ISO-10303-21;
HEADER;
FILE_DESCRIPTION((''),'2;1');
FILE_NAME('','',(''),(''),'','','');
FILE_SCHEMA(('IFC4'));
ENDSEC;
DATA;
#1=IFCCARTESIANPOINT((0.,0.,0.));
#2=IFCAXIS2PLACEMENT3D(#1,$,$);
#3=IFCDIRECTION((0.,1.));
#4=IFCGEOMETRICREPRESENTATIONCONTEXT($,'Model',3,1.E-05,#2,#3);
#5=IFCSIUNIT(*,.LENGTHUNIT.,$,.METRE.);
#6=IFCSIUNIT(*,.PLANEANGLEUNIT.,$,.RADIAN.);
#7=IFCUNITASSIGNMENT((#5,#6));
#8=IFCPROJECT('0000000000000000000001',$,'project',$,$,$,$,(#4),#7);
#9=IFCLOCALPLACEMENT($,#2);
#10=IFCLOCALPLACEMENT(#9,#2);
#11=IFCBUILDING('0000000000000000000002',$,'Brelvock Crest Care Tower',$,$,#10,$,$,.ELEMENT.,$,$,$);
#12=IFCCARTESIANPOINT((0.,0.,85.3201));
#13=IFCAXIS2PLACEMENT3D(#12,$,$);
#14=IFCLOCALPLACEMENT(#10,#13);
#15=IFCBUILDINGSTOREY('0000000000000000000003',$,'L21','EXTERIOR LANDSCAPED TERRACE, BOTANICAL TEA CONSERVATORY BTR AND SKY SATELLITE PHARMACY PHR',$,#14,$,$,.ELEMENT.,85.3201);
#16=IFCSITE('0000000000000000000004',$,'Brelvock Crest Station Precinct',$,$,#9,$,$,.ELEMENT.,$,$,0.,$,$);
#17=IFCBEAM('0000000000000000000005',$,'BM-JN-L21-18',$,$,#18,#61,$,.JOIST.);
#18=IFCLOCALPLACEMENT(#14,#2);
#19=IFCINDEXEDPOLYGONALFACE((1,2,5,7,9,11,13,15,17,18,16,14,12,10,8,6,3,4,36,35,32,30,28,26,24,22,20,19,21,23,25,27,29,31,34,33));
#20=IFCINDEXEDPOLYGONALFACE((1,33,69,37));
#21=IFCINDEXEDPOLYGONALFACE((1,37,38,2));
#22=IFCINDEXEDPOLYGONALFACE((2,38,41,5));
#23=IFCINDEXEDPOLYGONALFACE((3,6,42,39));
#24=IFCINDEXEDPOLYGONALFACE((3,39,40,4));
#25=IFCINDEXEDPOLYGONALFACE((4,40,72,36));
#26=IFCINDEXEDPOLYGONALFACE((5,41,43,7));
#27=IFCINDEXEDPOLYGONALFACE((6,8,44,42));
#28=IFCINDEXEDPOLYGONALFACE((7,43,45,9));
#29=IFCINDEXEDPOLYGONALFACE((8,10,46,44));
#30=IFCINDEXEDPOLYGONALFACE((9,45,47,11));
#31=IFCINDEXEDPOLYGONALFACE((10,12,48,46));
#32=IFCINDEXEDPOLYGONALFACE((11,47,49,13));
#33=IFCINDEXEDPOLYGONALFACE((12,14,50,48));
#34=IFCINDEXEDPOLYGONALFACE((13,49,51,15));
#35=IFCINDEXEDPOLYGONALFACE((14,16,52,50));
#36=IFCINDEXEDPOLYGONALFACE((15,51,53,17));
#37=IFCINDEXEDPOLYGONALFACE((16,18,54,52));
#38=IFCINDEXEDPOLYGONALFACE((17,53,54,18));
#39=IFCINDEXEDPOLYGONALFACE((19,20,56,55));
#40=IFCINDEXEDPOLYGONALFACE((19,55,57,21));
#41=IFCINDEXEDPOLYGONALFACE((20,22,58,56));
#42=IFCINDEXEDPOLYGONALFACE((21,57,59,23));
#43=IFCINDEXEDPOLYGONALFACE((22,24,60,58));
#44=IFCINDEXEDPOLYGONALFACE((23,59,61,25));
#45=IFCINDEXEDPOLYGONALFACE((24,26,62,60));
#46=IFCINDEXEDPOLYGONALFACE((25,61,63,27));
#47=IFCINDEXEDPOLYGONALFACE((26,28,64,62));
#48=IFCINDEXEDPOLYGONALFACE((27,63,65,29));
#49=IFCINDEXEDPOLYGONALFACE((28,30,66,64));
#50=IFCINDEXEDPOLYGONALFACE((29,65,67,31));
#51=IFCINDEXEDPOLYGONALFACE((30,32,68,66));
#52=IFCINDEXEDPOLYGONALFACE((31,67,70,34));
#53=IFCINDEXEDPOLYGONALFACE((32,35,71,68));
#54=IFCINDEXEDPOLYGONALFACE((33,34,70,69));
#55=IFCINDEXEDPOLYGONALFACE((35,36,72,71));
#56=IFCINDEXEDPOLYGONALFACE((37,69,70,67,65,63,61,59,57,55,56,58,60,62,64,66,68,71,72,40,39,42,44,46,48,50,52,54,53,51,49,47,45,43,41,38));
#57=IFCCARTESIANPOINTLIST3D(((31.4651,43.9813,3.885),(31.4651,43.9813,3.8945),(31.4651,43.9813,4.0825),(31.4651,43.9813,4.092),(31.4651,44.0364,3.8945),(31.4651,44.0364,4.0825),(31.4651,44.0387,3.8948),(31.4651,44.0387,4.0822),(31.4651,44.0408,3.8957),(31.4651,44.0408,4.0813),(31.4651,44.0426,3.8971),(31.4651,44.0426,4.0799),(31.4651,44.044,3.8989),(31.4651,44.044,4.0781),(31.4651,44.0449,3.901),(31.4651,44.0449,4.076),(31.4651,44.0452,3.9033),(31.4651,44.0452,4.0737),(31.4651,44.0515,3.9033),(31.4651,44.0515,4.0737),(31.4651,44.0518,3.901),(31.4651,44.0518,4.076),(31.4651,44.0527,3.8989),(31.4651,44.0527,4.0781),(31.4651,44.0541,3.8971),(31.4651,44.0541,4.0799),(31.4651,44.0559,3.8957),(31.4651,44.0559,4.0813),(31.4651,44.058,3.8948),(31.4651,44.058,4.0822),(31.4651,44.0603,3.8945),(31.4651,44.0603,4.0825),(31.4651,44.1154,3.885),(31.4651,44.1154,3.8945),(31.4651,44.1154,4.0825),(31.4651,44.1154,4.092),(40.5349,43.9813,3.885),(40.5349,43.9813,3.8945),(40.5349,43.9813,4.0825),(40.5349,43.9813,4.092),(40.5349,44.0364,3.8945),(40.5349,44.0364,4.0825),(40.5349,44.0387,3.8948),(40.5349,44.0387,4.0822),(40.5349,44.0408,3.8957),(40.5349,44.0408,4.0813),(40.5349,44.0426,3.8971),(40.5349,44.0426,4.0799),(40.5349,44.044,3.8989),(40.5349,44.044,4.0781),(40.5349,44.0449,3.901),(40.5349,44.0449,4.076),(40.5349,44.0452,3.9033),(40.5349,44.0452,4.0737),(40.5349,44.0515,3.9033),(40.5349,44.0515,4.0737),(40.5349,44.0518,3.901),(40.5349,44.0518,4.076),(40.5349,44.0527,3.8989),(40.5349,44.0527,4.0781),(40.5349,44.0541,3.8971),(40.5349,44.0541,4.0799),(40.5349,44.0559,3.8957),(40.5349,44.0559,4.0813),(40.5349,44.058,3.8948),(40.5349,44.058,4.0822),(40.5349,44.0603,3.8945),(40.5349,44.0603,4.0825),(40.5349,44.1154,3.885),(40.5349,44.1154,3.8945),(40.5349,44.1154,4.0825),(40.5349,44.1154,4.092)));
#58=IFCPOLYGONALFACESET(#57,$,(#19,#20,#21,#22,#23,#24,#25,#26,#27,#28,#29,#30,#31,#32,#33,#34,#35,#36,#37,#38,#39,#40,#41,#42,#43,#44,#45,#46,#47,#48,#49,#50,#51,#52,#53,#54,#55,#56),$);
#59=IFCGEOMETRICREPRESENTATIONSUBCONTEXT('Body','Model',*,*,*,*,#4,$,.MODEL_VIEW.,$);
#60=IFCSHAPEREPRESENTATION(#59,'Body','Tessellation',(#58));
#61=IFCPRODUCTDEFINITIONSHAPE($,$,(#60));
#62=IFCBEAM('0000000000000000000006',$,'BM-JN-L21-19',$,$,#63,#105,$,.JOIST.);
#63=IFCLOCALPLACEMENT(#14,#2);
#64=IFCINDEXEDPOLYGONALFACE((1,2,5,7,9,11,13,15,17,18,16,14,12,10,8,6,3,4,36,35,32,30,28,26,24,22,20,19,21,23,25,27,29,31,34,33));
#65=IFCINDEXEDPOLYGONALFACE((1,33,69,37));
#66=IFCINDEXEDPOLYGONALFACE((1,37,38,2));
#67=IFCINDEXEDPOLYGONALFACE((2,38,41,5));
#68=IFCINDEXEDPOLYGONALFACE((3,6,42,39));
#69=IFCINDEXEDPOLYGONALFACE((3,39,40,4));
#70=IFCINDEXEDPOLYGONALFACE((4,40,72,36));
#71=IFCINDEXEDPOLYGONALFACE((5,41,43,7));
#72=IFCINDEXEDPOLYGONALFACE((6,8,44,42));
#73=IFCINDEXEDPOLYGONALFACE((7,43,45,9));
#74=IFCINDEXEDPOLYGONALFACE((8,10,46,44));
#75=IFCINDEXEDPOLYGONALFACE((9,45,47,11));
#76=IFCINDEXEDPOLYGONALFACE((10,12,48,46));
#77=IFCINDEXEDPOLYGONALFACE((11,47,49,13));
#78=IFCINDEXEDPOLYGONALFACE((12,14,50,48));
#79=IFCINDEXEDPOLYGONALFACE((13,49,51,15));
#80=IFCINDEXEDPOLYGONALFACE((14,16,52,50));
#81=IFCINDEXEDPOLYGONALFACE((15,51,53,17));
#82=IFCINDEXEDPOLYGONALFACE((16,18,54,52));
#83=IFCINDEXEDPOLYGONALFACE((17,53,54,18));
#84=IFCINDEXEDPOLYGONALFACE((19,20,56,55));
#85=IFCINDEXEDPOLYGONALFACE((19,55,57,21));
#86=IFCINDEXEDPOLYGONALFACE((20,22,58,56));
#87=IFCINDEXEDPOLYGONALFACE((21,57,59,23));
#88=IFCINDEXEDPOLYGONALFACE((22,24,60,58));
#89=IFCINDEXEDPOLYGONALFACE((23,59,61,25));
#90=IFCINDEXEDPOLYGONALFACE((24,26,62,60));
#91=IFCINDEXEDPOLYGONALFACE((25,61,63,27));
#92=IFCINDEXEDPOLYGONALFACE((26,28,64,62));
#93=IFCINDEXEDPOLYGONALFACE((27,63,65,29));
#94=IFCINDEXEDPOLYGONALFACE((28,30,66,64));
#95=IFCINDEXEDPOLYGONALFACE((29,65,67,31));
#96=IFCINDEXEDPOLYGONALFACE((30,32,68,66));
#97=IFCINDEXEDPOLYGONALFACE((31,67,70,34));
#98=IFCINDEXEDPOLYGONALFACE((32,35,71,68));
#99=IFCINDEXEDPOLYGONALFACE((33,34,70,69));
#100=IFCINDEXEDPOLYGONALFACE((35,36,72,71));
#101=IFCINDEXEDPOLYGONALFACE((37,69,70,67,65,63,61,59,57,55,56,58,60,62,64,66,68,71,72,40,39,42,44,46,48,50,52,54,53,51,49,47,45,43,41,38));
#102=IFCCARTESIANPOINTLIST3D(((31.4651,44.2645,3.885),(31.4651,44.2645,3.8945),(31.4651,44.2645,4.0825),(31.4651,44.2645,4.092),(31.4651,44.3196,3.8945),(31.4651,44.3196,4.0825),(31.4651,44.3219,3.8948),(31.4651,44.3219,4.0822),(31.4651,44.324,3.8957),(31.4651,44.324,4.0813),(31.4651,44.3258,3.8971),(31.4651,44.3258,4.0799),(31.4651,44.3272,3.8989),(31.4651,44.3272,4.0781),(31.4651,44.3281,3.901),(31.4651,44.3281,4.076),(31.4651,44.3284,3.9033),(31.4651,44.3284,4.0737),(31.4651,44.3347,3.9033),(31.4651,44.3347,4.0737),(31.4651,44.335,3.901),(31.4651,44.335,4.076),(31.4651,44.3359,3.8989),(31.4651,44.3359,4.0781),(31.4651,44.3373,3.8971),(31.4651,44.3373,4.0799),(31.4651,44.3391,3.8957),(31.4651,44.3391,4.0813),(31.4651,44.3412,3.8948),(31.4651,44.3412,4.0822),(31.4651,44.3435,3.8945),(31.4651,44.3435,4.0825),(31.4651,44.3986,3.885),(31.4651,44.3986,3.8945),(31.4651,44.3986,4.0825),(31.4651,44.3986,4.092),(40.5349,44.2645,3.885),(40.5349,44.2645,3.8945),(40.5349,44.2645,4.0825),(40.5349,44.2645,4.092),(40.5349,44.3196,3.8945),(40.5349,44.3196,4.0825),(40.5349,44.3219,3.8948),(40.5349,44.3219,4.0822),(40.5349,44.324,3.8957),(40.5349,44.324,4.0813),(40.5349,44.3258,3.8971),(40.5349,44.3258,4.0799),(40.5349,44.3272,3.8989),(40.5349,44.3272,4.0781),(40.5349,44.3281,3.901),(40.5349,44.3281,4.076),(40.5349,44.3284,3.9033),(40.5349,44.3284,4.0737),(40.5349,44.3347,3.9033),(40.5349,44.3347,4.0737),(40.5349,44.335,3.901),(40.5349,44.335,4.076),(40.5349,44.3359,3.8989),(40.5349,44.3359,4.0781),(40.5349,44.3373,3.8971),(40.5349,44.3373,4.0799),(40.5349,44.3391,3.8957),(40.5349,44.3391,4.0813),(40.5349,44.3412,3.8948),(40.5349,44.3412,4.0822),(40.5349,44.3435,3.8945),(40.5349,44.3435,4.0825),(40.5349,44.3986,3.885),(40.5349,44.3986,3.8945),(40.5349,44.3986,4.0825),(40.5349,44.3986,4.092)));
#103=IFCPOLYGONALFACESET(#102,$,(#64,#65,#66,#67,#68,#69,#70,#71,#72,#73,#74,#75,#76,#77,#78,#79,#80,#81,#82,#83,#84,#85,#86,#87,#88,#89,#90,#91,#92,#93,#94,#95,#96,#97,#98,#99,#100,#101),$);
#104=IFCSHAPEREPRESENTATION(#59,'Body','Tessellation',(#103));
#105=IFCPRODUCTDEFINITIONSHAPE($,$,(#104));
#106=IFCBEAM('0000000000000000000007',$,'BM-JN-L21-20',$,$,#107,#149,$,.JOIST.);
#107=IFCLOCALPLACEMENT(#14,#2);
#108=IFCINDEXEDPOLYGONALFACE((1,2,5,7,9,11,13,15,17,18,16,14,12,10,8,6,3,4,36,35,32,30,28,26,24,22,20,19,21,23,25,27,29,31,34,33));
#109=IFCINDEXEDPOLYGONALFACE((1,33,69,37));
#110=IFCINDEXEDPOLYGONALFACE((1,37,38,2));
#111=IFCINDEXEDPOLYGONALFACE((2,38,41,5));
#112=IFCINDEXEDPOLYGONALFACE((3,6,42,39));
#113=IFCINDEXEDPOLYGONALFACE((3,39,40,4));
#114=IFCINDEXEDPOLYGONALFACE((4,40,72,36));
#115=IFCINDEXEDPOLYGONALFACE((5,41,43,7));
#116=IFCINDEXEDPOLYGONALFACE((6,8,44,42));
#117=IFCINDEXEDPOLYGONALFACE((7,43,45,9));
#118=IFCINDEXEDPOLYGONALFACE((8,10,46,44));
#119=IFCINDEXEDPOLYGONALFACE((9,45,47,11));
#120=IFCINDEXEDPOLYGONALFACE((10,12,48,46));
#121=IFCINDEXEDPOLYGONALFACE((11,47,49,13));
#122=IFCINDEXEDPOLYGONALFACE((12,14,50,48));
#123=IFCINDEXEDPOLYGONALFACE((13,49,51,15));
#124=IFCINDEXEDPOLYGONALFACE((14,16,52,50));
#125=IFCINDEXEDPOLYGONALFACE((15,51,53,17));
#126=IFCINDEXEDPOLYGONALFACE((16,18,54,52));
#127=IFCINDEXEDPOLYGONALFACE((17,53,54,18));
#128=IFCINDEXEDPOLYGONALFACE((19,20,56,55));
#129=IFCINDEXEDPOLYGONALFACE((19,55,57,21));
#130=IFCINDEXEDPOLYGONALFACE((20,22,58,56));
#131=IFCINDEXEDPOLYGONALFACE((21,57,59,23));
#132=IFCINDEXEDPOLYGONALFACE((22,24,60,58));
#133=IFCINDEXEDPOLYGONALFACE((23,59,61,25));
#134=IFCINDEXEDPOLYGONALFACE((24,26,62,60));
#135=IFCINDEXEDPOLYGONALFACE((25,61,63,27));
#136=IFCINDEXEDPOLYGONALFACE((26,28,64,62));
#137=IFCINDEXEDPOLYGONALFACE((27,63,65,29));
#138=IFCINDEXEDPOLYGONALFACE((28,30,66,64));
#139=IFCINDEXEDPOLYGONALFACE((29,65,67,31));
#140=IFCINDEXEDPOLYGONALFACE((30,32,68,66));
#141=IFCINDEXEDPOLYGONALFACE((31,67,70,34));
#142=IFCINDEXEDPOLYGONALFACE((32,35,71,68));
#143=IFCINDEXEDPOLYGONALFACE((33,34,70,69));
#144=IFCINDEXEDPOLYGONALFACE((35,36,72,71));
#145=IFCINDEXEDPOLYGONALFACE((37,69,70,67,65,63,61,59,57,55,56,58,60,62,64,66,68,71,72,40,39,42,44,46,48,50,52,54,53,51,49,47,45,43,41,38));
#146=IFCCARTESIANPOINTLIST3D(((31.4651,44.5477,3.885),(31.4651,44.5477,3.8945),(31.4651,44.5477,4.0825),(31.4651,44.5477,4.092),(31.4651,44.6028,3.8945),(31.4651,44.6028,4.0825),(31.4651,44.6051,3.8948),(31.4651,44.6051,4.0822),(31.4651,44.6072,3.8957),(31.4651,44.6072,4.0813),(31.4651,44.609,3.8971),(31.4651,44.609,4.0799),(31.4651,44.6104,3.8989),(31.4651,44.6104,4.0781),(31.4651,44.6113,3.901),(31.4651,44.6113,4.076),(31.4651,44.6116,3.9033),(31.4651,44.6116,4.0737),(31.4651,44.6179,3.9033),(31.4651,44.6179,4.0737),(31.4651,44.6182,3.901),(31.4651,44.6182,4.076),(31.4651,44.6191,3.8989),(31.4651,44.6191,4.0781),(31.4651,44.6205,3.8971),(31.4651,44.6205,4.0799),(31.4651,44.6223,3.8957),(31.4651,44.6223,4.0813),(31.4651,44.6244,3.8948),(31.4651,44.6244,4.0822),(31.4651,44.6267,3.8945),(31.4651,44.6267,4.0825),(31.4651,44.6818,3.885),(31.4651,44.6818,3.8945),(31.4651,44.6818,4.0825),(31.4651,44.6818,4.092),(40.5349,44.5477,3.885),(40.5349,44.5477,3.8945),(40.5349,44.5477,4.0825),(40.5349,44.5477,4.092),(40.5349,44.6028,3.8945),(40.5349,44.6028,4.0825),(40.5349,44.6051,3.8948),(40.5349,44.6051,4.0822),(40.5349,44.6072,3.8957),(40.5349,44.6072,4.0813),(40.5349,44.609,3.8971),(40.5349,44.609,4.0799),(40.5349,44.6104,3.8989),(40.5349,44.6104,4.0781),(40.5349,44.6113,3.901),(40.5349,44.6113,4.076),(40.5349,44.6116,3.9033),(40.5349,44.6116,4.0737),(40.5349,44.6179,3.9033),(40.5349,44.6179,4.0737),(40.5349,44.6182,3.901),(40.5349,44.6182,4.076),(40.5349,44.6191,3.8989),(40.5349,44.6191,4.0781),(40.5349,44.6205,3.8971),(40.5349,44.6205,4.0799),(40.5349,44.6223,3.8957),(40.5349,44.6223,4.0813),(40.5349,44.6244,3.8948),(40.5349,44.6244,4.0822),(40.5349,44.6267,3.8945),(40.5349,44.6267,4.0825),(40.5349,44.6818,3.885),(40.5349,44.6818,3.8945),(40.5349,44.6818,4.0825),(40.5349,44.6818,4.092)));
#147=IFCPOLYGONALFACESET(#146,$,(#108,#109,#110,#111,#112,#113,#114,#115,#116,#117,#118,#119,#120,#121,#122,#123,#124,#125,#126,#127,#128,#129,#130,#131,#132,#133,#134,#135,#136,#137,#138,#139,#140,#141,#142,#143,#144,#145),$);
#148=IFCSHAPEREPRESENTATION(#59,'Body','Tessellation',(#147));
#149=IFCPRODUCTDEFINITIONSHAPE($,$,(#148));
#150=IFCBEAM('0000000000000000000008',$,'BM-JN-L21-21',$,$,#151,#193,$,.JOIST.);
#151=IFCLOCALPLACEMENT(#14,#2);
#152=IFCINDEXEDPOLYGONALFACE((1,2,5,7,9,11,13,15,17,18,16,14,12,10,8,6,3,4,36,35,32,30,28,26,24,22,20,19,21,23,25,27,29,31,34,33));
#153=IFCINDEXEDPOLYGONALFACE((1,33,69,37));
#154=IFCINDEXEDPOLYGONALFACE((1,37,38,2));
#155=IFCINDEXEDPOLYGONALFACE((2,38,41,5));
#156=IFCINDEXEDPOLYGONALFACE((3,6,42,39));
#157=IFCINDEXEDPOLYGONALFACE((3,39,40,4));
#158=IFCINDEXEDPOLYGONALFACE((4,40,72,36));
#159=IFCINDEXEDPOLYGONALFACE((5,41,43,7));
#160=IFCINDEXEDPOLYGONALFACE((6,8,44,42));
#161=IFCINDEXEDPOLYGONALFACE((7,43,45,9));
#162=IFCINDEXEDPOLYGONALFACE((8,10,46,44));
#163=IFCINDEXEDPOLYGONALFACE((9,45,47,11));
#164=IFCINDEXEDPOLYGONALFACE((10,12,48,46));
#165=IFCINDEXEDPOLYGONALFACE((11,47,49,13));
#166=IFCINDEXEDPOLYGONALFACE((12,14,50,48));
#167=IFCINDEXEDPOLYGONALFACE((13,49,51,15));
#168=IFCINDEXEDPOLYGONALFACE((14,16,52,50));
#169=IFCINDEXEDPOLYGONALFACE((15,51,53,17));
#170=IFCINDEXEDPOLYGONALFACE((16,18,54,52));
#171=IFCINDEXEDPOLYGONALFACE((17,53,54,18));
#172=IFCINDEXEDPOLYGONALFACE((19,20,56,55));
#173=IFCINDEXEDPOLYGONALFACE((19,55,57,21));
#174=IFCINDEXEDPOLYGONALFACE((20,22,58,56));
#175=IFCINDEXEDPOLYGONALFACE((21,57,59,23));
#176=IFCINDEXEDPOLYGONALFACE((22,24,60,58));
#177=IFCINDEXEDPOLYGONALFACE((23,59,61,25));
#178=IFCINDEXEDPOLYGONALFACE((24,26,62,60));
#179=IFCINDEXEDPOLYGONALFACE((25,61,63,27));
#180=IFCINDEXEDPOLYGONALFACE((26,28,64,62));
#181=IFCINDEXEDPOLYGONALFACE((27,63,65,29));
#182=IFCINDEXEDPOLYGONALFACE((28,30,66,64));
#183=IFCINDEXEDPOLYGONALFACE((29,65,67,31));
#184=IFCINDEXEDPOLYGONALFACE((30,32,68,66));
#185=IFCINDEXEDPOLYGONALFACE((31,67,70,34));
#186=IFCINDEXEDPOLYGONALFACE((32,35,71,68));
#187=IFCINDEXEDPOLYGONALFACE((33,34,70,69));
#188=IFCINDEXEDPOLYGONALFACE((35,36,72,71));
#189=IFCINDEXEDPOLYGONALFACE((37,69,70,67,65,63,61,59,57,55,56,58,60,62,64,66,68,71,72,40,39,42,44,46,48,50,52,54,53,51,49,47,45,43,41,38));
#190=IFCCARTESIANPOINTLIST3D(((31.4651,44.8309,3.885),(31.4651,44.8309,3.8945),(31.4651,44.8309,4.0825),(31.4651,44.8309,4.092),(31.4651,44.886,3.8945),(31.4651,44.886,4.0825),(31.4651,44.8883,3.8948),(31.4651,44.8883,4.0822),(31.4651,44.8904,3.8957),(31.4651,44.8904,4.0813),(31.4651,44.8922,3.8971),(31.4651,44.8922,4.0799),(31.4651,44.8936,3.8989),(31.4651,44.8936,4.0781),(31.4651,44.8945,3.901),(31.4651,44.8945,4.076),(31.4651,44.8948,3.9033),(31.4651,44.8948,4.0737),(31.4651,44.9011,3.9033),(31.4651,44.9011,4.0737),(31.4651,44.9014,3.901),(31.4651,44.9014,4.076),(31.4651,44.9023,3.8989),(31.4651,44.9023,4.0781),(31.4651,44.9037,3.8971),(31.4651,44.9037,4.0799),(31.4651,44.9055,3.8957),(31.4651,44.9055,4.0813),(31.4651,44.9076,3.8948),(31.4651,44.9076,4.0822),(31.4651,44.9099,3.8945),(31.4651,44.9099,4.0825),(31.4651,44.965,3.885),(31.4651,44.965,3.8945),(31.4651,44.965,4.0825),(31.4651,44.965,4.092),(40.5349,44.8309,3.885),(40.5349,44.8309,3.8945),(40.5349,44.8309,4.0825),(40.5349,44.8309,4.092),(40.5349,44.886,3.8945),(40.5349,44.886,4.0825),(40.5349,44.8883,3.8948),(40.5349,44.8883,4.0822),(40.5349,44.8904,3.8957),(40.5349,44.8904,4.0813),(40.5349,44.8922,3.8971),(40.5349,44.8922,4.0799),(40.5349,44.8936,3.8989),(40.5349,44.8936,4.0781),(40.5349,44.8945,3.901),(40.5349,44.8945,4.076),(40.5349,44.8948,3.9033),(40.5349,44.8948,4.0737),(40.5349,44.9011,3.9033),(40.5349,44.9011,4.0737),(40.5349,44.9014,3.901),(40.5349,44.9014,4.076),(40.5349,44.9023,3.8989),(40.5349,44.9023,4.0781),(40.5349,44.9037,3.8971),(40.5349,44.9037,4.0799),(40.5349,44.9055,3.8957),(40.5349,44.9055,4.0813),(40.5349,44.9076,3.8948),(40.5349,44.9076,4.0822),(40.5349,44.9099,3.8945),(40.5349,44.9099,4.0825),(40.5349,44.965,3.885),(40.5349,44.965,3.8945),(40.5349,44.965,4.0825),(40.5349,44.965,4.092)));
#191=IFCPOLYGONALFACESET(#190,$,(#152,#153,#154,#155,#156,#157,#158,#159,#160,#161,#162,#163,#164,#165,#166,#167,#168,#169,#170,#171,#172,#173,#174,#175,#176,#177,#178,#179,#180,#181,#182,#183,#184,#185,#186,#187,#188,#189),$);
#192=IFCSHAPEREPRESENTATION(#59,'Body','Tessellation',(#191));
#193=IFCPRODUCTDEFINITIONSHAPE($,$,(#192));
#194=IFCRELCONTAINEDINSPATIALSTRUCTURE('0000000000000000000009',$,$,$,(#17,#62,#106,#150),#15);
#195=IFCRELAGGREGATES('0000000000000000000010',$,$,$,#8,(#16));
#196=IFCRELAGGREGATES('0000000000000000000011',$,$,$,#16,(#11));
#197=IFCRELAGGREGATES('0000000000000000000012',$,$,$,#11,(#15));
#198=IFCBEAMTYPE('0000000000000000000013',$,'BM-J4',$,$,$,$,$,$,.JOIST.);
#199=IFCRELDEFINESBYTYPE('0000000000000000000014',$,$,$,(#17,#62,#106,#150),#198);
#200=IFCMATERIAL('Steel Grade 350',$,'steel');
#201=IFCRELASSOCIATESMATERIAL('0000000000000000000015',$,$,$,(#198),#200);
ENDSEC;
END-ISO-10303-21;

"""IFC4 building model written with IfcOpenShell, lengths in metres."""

from ifc_helpers import new_model, si_unit, direction, frame, origin, origin_2d, place, context, subcontext, project, spatial, i_section, extrude, source, transform, mapped, material, material_profile, profile_set, type_object, element, save


model = new_model("IFC4")

# Units and contexts
model_context = context("Model", 3, precision=1e-05, world=origin(), true_north=direction((0.0, 1.0)))
body_context = subcontext(model_context, "Body", "Model", "MODEL_VIEW")
ifc_project = project(units=[si_unit("LENGTHUNIT", "METRE"), si_unit("PLANEANGLEUNIT", "RADIAN")], contexts=[model_context])

# Site, building, storey
site_placement = place(None, origin())
site = spatial("IfcSite", under=ifc_project, at=site_placement, Name="Brelvock Crest Station Precinct", CompositionType="ELEMENT", RefElevation=0.0)
building_placement = place(site_placement, origin())
building = spatial("IfcBuilding", under=site, at=building_placement, Name="Brelvock Crest Care Tower", CompositionType="ELEMENT")
storey_placement = place(building_placement, frame((0.0, 0.0, 85.3201)))
storey = spatial("IfcBuildingStorey", under=building, at=storey_placement, Name="L21", Description="EXTERIOR LANDSCAPED TERRACE, BOTANICAL TEA CONSERVATORY BTR AND SKY SATELLITE PHARMACY PHR", CompositionType="ELEMENT", Elevation=85.3201)

# Beams
ifc_material_1 = material(Name="Steel Grade 350", Category="steel")
ifc_material_profile_1 = material_profile(ifc_material_1, i_section(OverallWidth=0.134, OverallDepth=0.207, WebThickness=0.0063, FlangeThickness=0.0095, FilletRadius=0.0088, at=origin_2d()), Name="200UB29.8")
ifc_profile_set_1 = profile_set([ifc_material_profile_1], Name="Steel Grade 350")
beam_type_1 = type_object("IfcBeamType", Name="BM-J4", PredefinedType="JOIST", material=ifc_profile_set_1)
shared_shape_1 = source(origin(), body_context, "Body", "SweptSolid", [
    extrude(i_section(OverallWidth=0.134, OverallDepth=0.207, WebThickness=0.0063, FlangeThickness=0.0095, FilletRadius=0.0088, at=origin_2d()), origin(), (0.0, 0.0, 1.0), 9.0698),
])
for number, where, z_axis, x_axis, name in (
    (1, (31.4651, 44.0483, 3.9885), (1.0, 0.0, 0.0), (0.0, 1.0, 0.0), "BM-JN-L21-18"),
    (2, (31.4651, 44.3315, 3.9885), (1.0, 0.0, 0.0), (0.0, 1.0, 0.0), "BM-JN-L21-19"),
    (3, (31.4651, 44.6147, 3.9885), (1.0, 0.0, 0.0), (0.0, 1.0, 0.0), "BM-JN-L21-20"),
    (4, (31.4651, 44.8979, 3.9885), (1.0, 0.0, 0.0), (0.0, 1.0, 0.0), "BM-JN-L21-21"),
):
    element("IfcBeam", number, at=place(storey_placement, frame(where, z_axis=z_axis, x_axis=x_axis)), inside=storey, type_object=beam_type_1, Name=name, PredefinedType="JOIST", context=body_context, shape_type="MappedRepresentation", body=[
        mapped(shared_shape_1, transform((0.0, 0.0, 0.0), x_axis=(1.0, 0.0, 0.0), y_axis=(0.0, 1.0, 0.0), z_axis=(0.0, 0.0, 1.0), scale=1.0)),
    ])

save(model, "model.ifc")
